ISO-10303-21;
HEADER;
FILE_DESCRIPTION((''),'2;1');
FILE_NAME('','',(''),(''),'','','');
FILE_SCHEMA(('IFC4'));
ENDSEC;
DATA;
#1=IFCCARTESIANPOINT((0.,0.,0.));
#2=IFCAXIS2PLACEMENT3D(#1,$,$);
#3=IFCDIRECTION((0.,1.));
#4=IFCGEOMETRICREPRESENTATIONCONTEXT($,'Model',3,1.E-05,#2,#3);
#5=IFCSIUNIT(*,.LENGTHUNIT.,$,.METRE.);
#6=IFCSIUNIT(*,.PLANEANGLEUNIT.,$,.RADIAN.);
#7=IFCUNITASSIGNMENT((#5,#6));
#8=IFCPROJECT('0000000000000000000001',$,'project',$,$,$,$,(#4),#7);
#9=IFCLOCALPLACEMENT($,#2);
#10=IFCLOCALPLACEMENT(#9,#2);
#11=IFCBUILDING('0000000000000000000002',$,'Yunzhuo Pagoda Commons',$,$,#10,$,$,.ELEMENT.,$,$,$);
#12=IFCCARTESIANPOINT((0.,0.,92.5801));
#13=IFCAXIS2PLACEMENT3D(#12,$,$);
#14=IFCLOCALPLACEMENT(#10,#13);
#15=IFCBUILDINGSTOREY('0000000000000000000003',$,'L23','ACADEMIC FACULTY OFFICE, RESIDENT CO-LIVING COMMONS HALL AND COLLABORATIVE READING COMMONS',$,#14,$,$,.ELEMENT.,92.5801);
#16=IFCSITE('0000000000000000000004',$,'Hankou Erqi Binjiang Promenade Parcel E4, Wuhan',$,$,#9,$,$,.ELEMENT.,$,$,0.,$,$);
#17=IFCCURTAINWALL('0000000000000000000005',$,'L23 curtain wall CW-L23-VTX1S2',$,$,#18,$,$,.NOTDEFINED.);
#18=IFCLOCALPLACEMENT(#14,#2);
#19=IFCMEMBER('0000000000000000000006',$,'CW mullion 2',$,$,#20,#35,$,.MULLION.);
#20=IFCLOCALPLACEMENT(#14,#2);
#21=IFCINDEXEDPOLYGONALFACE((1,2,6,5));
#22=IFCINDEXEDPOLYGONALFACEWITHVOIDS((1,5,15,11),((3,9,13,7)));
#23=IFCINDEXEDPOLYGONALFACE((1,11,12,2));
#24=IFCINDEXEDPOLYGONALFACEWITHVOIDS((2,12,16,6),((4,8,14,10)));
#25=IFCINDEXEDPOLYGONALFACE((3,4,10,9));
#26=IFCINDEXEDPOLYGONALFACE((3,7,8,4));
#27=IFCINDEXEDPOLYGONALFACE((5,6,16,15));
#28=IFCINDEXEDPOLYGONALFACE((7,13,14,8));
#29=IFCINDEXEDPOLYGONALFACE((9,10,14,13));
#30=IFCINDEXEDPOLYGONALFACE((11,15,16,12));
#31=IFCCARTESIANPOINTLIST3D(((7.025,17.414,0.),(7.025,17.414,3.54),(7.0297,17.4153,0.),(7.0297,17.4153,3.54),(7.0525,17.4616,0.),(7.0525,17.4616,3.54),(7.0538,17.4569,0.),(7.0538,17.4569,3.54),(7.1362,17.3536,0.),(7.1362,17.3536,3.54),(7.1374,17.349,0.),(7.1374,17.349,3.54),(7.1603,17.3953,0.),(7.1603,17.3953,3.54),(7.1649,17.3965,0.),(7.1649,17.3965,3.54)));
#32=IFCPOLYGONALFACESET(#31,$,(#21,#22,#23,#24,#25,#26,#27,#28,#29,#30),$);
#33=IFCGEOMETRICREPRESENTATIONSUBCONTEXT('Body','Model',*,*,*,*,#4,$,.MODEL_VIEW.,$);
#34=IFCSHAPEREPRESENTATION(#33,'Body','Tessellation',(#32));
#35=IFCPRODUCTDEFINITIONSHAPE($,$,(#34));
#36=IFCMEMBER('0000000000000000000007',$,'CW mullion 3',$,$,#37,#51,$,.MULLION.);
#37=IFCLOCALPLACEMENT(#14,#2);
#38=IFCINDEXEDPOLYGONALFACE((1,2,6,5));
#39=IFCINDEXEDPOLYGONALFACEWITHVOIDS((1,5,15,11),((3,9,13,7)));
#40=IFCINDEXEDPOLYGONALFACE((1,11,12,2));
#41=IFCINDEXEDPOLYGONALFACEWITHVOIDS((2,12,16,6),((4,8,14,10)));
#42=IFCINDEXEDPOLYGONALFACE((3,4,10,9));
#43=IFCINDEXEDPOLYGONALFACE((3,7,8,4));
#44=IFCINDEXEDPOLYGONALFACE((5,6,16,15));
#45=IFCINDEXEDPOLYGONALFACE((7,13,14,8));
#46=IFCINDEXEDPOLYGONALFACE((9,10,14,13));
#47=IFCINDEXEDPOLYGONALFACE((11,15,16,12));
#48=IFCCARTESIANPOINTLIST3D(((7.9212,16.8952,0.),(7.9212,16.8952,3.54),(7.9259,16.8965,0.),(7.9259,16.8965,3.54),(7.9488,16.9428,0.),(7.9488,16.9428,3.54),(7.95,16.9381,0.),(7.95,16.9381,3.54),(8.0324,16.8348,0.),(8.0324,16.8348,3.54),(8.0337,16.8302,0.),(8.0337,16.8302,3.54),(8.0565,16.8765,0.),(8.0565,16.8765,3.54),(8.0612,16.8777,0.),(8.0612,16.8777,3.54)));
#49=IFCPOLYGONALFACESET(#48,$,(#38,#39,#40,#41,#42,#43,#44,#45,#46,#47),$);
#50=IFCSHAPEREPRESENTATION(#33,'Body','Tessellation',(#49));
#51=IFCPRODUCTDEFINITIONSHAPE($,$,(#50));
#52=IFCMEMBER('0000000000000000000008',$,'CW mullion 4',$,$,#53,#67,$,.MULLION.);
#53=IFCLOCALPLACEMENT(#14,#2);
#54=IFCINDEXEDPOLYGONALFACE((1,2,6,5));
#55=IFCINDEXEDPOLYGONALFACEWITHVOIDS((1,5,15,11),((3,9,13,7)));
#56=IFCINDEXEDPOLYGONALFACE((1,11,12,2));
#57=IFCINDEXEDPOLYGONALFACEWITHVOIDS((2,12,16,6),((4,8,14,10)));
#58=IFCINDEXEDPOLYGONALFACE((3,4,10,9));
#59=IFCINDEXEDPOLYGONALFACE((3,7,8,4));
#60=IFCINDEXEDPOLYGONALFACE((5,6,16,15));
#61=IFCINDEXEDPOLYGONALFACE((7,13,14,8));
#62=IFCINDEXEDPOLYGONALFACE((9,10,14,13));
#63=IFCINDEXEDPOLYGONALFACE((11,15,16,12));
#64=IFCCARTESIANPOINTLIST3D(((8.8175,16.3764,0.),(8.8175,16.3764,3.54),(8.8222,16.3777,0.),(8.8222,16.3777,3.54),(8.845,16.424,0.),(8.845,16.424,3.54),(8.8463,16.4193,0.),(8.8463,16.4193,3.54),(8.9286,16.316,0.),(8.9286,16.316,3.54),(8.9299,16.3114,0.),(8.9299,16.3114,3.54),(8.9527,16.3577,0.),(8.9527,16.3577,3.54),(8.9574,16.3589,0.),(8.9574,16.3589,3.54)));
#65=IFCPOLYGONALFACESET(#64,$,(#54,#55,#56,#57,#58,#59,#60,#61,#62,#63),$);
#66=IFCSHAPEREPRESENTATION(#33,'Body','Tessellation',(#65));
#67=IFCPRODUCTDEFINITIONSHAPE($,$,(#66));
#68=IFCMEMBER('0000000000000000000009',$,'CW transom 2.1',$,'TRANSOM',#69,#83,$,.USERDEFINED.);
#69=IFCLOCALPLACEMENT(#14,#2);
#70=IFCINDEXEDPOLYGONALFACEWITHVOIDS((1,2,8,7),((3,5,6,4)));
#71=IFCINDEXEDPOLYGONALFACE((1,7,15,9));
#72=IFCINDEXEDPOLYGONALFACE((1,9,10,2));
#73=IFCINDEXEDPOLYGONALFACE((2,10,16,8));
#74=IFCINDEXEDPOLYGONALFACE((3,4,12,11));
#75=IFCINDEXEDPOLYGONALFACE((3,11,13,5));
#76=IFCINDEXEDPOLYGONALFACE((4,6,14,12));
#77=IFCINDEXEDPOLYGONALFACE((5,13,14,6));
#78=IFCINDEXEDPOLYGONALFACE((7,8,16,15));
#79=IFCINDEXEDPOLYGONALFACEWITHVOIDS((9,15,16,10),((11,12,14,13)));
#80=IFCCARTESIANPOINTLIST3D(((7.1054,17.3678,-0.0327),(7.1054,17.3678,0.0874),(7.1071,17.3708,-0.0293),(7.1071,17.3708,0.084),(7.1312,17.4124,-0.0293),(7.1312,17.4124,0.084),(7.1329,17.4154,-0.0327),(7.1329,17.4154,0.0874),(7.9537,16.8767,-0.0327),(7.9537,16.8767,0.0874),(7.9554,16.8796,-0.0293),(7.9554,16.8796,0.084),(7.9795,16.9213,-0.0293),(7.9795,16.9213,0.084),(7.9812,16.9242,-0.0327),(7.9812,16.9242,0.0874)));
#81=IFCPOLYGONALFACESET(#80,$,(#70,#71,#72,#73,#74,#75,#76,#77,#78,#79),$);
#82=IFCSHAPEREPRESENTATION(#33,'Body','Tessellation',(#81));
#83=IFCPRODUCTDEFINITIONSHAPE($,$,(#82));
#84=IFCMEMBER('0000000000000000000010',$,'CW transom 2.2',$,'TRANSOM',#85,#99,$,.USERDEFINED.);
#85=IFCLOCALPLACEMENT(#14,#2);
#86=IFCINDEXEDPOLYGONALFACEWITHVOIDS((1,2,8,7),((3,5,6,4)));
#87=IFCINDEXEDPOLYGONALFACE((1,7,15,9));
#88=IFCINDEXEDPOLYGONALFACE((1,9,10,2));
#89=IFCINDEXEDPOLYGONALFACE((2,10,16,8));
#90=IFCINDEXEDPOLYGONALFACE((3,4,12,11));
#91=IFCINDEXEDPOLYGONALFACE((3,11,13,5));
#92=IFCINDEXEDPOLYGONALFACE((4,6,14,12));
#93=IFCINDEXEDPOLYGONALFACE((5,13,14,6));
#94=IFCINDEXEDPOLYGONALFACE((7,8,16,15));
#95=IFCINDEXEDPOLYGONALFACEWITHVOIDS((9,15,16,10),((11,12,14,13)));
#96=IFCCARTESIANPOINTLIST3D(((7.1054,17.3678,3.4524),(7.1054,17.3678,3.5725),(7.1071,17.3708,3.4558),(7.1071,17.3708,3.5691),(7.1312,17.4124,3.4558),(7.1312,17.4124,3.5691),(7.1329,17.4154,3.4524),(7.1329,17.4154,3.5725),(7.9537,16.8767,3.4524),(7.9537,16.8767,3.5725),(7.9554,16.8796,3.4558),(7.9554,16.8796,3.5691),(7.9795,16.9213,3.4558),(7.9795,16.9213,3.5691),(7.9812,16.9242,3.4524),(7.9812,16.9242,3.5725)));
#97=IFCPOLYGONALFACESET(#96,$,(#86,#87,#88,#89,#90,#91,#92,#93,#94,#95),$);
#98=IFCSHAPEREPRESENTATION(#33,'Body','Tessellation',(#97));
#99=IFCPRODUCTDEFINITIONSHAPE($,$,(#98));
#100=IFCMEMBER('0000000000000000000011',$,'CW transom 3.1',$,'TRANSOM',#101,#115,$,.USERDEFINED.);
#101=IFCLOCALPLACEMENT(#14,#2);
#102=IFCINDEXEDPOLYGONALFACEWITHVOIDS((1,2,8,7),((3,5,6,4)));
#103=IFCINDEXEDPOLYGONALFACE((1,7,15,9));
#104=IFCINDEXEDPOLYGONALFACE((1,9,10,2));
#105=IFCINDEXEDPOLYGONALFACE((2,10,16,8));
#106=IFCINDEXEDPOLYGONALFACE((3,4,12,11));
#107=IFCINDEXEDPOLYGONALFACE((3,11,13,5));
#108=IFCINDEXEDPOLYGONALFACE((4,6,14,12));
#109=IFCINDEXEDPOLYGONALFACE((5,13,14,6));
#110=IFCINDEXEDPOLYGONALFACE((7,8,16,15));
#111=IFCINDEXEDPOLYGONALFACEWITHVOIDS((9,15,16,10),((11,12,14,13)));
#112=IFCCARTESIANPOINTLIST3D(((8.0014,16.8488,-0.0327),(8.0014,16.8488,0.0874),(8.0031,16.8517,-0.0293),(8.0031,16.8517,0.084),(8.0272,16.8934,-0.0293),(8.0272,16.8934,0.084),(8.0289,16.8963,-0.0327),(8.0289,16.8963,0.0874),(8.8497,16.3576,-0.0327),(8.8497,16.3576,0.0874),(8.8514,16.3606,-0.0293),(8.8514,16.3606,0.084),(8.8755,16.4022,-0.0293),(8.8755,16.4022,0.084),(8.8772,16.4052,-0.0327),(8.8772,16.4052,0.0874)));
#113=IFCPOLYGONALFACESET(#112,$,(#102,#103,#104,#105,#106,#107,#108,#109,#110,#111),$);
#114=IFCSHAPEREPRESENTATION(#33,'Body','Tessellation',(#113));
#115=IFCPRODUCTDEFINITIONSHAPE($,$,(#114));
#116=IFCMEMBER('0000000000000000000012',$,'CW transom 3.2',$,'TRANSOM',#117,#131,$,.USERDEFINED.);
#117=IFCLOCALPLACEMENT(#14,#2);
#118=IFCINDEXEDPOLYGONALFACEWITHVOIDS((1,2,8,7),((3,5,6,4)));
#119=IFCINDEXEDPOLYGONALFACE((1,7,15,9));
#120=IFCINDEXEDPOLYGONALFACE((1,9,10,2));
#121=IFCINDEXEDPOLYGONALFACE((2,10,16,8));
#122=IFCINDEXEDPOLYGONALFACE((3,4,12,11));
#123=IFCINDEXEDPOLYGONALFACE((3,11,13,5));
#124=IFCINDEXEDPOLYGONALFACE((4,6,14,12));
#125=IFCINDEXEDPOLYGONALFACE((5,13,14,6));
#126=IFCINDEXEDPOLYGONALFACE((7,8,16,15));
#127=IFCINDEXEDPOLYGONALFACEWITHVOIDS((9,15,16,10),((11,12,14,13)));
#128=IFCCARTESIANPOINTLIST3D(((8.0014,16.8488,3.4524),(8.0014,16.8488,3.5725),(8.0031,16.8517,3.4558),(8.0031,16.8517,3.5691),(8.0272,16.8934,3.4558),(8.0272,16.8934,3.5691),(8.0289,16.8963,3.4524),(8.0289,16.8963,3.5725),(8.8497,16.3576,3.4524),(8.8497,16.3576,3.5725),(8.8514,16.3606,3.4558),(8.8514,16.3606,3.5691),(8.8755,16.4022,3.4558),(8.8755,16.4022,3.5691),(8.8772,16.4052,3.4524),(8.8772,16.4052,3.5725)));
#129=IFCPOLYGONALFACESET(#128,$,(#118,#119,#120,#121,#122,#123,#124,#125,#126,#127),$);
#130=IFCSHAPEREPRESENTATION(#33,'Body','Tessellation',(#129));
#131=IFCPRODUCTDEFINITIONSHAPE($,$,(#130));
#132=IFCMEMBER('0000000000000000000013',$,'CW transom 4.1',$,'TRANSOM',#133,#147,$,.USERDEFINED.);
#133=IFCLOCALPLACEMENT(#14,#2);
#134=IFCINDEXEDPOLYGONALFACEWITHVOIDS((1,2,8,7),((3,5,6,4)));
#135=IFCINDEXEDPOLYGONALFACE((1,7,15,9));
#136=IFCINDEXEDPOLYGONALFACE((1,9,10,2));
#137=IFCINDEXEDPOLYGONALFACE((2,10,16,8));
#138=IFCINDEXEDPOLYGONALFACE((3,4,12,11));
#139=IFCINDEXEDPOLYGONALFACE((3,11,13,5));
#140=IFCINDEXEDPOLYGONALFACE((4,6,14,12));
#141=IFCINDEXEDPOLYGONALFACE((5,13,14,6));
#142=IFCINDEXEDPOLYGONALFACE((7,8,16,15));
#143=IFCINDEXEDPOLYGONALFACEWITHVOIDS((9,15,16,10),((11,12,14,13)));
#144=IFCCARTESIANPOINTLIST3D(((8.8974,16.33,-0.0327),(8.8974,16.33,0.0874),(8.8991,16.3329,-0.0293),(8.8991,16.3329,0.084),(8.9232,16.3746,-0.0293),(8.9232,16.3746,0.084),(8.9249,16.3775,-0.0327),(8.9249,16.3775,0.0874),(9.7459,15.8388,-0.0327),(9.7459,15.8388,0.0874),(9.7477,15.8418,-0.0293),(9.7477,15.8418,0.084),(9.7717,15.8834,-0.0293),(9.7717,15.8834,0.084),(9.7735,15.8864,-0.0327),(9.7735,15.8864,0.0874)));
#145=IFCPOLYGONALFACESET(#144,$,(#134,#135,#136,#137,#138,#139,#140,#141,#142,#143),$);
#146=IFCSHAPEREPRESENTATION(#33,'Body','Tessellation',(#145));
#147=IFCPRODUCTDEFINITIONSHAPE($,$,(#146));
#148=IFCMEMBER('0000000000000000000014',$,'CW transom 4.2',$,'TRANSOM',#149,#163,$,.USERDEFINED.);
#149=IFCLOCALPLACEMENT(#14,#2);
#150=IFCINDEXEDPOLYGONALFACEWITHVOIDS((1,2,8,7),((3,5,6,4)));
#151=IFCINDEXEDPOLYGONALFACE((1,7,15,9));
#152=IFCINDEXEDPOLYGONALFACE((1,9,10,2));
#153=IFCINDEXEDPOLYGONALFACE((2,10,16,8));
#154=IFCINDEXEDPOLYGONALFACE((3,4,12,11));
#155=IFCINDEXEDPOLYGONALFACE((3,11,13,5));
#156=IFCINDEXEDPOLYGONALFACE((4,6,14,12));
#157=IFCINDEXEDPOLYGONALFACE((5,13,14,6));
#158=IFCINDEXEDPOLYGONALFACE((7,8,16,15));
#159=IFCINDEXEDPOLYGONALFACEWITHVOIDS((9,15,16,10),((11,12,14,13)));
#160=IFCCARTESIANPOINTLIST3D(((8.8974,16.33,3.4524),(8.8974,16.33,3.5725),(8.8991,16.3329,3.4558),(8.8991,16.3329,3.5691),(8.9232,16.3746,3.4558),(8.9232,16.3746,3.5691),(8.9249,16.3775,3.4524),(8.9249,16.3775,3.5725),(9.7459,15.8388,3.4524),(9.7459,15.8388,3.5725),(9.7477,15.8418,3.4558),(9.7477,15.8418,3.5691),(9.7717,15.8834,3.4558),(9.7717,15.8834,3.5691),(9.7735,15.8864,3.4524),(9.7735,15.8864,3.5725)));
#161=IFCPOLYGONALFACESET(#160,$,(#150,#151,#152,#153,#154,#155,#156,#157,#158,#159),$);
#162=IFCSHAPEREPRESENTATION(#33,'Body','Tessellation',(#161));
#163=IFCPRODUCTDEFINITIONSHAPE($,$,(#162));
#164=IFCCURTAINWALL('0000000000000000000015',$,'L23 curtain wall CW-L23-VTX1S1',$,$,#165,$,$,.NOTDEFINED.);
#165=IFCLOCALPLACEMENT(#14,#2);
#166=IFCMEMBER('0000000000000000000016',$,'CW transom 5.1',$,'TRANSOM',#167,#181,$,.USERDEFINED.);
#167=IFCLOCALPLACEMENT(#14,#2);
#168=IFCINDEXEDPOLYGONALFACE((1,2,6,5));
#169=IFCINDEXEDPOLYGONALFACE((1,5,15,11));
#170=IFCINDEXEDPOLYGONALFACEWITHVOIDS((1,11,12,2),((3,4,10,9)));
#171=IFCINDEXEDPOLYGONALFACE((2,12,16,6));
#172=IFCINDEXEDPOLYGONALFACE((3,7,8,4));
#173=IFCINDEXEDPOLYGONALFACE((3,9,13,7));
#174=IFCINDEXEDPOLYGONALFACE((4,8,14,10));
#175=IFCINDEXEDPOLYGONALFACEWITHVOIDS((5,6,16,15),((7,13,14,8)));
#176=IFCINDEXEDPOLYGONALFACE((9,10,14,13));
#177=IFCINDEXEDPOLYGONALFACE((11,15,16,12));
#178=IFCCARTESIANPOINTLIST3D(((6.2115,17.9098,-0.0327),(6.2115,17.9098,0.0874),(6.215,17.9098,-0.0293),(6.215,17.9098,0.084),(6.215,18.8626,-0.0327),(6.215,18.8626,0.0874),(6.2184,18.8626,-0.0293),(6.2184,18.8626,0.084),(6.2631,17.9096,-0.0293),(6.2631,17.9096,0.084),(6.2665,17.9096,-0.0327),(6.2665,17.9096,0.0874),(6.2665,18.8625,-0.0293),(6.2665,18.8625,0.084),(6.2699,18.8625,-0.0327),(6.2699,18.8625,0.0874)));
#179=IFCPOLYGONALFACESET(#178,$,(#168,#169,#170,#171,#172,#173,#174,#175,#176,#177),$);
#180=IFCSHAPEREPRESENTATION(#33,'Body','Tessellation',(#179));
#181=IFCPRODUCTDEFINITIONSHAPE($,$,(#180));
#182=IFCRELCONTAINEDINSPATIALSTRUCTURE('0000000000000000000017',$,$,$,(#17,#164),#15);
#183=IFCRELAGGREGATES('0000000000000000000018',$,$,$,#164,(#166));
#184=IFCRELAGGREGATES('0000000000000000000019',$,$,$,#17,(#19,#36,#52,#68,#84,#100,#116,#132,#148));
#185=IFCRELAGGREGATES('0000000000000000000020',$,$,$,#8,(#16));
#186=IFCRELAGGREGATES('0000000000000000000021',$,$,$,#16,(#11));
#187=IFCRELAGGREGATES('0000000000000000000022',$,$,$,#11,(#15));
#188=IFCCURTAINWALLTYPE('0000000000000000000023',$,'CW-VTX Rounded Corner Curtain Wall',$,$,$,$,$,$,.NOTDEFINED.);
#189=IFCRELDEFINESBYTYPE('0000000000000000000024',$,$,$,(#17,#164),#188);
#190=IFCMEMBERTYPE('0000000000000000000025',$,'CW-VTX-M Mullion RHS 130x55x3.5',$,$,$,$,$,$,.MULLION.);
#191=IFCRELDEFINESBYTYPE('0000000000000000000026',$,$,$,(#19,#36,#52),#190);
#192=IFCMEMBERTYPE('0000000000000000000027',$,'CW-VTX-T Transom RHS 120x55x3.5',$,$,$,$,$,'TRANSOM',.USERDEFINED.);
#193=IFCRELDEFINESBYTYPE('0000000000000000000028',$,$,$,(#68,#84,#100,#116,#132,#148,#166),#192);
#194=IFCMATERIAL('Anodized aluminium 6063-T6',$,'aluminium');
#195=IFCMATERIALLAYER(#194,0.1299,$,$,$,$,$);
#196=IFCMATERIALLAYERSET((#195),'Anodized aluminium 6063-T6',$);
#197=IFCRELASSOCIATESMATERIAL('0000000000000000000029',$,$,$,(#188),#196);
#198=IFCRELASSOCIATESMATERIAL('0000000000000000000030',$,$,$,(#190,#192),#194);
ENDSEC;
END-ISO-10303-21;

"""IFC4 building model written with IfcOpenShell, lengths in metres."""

from ifc_helpers import new_model, si_unit, direction, frame, origin, origin_2d, place, context, subcontext, project, spatial, hollow_rectangle, extrude, source, transform, mapped, material, layer, layer_set, material_profile, profile_set, type_object, element, aggregate, save


model = new_model("IFC4")

# Units and contexts
model_context = context("Model", 3, precision=1e-05, world=origin(), true_north=direction((0.0, 1.0)))
body_context = subcontext(model_context, "Body", "Model", "MODEL_VIEW")
ifc_project = project(units=[si_unit("LENGTHUNIT", "METRE"), si_unit("PLANEANGLEUNIT", "RADIAN")], contexts=[model_context])

# Site, building, storey
site_placement = place(None, origin())
site = spatial("IfcSite", under=ifc_project, at=site_placement, Name="Hankou Erqi Binjiang Promenade Parcel E4, Wuhan", CompositionType="ELEMENT", RefElevation=0.0)
building_placement = place(site_placement, origin())
building = spatial("IfcBuilding", under=site, at=building_placement, Name="Yunzhuo Pagoda Commons", CompositionType="ELEMENT")
storey_placement = place(building_placement, frame((0.0, 0.0, 92.5801)))
storey = spatial("IfcBuildingStorey", under=building, at=storey_placement, Name="L23", Description="ACADEMIC FACULTY OFFICE, RESIDENT CO-LIVING COMMONS HALL AND COLLABORATIVE READING COMMONS", CompositionType="ELEMENT", Elevation=92.5801)

# Curtain wall, members
ifc_material_1 = material(Name="Anodized aluminium 6063-T6", Category="aluminium")
ifc_layer_1 = layer(ifc_material_1, 0.1299)
ifc_layer_set_1 = layer_set([ifc_layer_1], Name="Anodized aluminium 6063-T6")
curtain_wall_type = type_object("IfcCurtainWallType", Name="CW-VTX Rounded Corner Curtain Wall", PredefinedType="NOTDEFINED", material=ifc_layer_set_1)
curtain_wall_1_placement = place(storey_placement, origin())
curtain_wall_1 = element("IfcCurtainWall", 1, at=curtain_wall_1_placement, inside=storey, type_object=curtain_wall_type, Name="L23 curtain wall CW-L23-VTX1S2", PredefinedType="NOTDEFINED")
ifc_material_profile_1 = material_profile(ifc_material_1, hollow_rectangle(XDim=0.0549, YDim=0.1299, WallThickness=0.0034, at=origin_2d()), Name="Anodized aluminium 6063-T6")
ifc_profile_set_1 = profile_set([ifc_material_profile_1], Name="Anodized aluminium 6063-T6")
member_type_1 = type_object("IfcMemberType", Name="CW-VTX-M Mullion RHS 130x55x3.5", PredefinedType="MULLION", material=ifc_profile_set_1)
shared_shape_1 = source(origin(), body_context, "Body", "SweptSolid", [
    extrude(hollow_rectangle(XDim=0.0549, YDim=0.1299, WallThickness=0.0034, at=origin_2d()), origin(), (0.0, 0.0, 1.0), 3.54),
])
member_1_placement = place(storey_placement, frame((7.095, 17.4053, 0.0), z_axis=(0.0, 0.0, 1.0), x_axis=(0.501036, 0.865427, 0.0)))
member_1 = element("IfcMember", 2, at=member_1_placement, type_object=member_type_1, Name="CW mullion 2", PredefinedType="MULLION", context=body_context, shape_type="MappedRepresentation", body=[
    mapped(shared_shape_1, transform((0.0, 0.0, 0.0), scale=1.0)),
])
member_2_placement = place(storey_placement, frame((7.9912, 16.8865, 0.0), z_axis=(0.0, 0.0, 1.0), x_axis=(0.501036, 0.865427, 0.0)))
member_2 = element("IfcMember", 3, at=member_2_placement, type_object=member_type_1, Name="CW mullion 3", PredefinedType="MULLION", context=body_context, shape_type="MappedRepresentation", body=[
    mapped(shared_shape_1, transform((0.0, 0.0, 0.0), scale=1.0)),
])
member_3_placement = place(storey_placement, frame((8.8875, 16.3677, 0.0), z_axis=(0.0, 0.0, 1.0), x_axis=(0.501036, 0.865427, 0.0)))
member_3 = element("IfcMember", 4, at=member_3_placement, type_object=member_type_1, Name="CW mullion 4", PredefinedType="MULLION", context=body_context, shape_type="MappedRepresentation", body=[
    mapped(shared_shape_1, transform((0.0, 0.0, 0.0), scale=1.0)),
])
ifc_material_profile_2 = material_profile(ifc_material_1, hollow_rectangle(XDim=0.0549, YDim=0.1201, WallThickness=0.0034, at=origin_2d()), Name="Anodized aluminium 6063-T6")
ifc_profile_set_2 = profile_set([ifc_material_profile_2], Name="Anodized aluminium 6063-T6")
member_type_2 = type_object("IfcMemberType", Name="CW-VTX-T Transom RHS 120x55x3.5", ElementType="TRANSOM", PredefinedType="USERDEFINED", material=ifc_profile_set_2)
shared_shape_2 = source(origin(), body_context, "Body", "SweptSolid", [
    extrude(hollow_rectangle(XDim=0.0549, YDim=0.1201, WallThickness=0.0034, at=origin_2d()), origin(), (0.0, 0.0, 1.0), 0.9802),
])
member_4_placement = place(storey_placement, frame((7.1191, 17.3916, 0.0273), z_axis=(0.865409, -0.501066, 0.0), x_axis=(0.501066, 0.865409, 0.0)))
member_4 = element("IfcMember", 5, at=member_4_placement, type_object=member_type_2, Name="CW transom 2.1", ObjectType="TRANSOM", PredefinedType="USERDEFINED", context=body_context, shape_type="MappedRepresentation", body=[
    mapped(shared_shape_2, transform((0.0, 0.0, 0.0), scale=1.0)),
])
member_5_placement = place(storey_placement, frame((7.1191, 17.3916, 3.5125), z_axis=(0.865409, -0.501066, 0.0), x_axis=(0.501066, 0.865409, 0.0)))
member_5 = element("IfcMember", 6, at=member_5_placement, type_object=member_type_2, Name="CW transom 2.2", ObjectType="TRANSOM", PredefinedType="USERDEFINED", context=body_context, shape_type="MappedRepresentation", body=[
    mapped(shared_shape_2, transform((0.0, 0.0, 0.0), scale=1.0)),
])
member_6_placement = place(storey_placement, frame((8.0151, 16.8726, 0.0273), z_axis=(0.865409, -0.501066, 0.0), x_axis=(0.501066, 0.865409, 0.0)))
member_6 = element("IfcMember", 7, at=member_6_placement, type_object=member_type_2, Name="CW transom 3.1", ObjectType="TRANSOM", PredefinedType="USERDEFINED", context=body_context, shape_type="MappedRepresentation", body=[
    mapped(shared_shape_2, transform((0.0, 0.0, 0.0), scale=1.0)),
])
member_7_placement = place(storey_placement, frame((8.0151, 16.8726, 3.5125), z_axis=(0.865409, -0.501066, 0.0), x_axis=(0.501066, 0.865409, 0.0)))
member_7 = element("IfcMember", 8, at=member_7_placement, type_object=member_type_2, Name="CW transom 3.2", ObjectType="TRANSOM", PredefinedType="USERDEFINED", context=body_context, shape_type="MappedRepresentation", body=[
    mapped(shared_shape_2, transform((0.0, 0.0, 0.0), scale=1.0)),
])
shared_shape_3 = source(origin(), body_context, "Body", "SweptSolid", [
    extrude(hollow_rectangle(XDim=0.0549, YDim=0.1201, WallThickness=0.0034, at=origin_2d()), origin(), (0.0, 0.0, 1.0), 0.9805),
])
member_8_placement = place(storey_placement, frame((8.9111, 16.3538, 0.0273), z_axis=(0.865472, -0.500958, 0.0), x_axis=(0.500958, 0.865472, 0.0)))
member_8 = element("IfcMember", 9, at=member_8_placement, type_object=member_type_2, Name="CW transom 4.1", ObjectType="TRANSOM", PredefinedType="USERDEFINED", context=body_context, shape_type="MappedRepresentation", body=[
    mapped(shared_shape_3, transform((0.0, 0.0, 0.0), scale=1.0)),
])
member_9_placement = place(storey_placement, frame((8.9111, 16.3538, 3.5125), z_axis=(0.865472, -0.500958, 0.0), x_axis=(0.500958, 0.865472, 0.0)))
member_9 = element("IfcMember", 10, at=member_9_placement, type_object=member_type_2, Name="CW transom 4.2", ObjectType="TRANSOM", PredefinedType="USERDEFINED", context=body_context, shape_type="MappedRepresentation", body=[
    mapped(shared_shape_3, transform((0.0, 0.0, 0.0), scale=1.0)),
])

# Curtain wall, member
curtain_wall_2_placement = place(storey_placement, origin())
curtain_wall_2 = element("IfcCurtainWall", 11, at=curtain_wall_2_placement, inside=storey, type_object=curtain_wall_type, Name="L23 curtain wall CW-L23-VTX1S1", PredefinedType="NOTDEFINED")
shared_shape_4 = source(origin(), body_context, "Body", "SweptSolid", [
    extrude(hollow_rectangle(XDim=0.0549, YDim=0.1201, WallThickness=0.0034, at=origin_2d()), origin(), (0.0, 0.0, 1.0), 0.9529),
])
member_10_placement = place(storey_placement, frame((6.2424, 18.8625, 0.0273), z_axis=(-0.003587, -0.999994, 0.0), x_axis=(0.999994, -0.003587, 0.0)))
member_10 = element("IfcMember", 12, at=member_10_placement, type_object=member_type_2, Name="CW transom 5.1", ObjectType="TRANSOM", PredefinedType="USERDEFINED", context=body_context, shape_type="MappedRepresentation", body=[
    mapped(shared_shape_4, transform((0.0, 0.0, 0.0), scale=1.0)),
])

aggregate(curtain_wall_2, [member_10])
aggregate(curtain_wall_1, [member_1, member_2, member_3, member_4, member_5, member_6, member_7, member_8, member_9])

save(model, "model.ifc")
